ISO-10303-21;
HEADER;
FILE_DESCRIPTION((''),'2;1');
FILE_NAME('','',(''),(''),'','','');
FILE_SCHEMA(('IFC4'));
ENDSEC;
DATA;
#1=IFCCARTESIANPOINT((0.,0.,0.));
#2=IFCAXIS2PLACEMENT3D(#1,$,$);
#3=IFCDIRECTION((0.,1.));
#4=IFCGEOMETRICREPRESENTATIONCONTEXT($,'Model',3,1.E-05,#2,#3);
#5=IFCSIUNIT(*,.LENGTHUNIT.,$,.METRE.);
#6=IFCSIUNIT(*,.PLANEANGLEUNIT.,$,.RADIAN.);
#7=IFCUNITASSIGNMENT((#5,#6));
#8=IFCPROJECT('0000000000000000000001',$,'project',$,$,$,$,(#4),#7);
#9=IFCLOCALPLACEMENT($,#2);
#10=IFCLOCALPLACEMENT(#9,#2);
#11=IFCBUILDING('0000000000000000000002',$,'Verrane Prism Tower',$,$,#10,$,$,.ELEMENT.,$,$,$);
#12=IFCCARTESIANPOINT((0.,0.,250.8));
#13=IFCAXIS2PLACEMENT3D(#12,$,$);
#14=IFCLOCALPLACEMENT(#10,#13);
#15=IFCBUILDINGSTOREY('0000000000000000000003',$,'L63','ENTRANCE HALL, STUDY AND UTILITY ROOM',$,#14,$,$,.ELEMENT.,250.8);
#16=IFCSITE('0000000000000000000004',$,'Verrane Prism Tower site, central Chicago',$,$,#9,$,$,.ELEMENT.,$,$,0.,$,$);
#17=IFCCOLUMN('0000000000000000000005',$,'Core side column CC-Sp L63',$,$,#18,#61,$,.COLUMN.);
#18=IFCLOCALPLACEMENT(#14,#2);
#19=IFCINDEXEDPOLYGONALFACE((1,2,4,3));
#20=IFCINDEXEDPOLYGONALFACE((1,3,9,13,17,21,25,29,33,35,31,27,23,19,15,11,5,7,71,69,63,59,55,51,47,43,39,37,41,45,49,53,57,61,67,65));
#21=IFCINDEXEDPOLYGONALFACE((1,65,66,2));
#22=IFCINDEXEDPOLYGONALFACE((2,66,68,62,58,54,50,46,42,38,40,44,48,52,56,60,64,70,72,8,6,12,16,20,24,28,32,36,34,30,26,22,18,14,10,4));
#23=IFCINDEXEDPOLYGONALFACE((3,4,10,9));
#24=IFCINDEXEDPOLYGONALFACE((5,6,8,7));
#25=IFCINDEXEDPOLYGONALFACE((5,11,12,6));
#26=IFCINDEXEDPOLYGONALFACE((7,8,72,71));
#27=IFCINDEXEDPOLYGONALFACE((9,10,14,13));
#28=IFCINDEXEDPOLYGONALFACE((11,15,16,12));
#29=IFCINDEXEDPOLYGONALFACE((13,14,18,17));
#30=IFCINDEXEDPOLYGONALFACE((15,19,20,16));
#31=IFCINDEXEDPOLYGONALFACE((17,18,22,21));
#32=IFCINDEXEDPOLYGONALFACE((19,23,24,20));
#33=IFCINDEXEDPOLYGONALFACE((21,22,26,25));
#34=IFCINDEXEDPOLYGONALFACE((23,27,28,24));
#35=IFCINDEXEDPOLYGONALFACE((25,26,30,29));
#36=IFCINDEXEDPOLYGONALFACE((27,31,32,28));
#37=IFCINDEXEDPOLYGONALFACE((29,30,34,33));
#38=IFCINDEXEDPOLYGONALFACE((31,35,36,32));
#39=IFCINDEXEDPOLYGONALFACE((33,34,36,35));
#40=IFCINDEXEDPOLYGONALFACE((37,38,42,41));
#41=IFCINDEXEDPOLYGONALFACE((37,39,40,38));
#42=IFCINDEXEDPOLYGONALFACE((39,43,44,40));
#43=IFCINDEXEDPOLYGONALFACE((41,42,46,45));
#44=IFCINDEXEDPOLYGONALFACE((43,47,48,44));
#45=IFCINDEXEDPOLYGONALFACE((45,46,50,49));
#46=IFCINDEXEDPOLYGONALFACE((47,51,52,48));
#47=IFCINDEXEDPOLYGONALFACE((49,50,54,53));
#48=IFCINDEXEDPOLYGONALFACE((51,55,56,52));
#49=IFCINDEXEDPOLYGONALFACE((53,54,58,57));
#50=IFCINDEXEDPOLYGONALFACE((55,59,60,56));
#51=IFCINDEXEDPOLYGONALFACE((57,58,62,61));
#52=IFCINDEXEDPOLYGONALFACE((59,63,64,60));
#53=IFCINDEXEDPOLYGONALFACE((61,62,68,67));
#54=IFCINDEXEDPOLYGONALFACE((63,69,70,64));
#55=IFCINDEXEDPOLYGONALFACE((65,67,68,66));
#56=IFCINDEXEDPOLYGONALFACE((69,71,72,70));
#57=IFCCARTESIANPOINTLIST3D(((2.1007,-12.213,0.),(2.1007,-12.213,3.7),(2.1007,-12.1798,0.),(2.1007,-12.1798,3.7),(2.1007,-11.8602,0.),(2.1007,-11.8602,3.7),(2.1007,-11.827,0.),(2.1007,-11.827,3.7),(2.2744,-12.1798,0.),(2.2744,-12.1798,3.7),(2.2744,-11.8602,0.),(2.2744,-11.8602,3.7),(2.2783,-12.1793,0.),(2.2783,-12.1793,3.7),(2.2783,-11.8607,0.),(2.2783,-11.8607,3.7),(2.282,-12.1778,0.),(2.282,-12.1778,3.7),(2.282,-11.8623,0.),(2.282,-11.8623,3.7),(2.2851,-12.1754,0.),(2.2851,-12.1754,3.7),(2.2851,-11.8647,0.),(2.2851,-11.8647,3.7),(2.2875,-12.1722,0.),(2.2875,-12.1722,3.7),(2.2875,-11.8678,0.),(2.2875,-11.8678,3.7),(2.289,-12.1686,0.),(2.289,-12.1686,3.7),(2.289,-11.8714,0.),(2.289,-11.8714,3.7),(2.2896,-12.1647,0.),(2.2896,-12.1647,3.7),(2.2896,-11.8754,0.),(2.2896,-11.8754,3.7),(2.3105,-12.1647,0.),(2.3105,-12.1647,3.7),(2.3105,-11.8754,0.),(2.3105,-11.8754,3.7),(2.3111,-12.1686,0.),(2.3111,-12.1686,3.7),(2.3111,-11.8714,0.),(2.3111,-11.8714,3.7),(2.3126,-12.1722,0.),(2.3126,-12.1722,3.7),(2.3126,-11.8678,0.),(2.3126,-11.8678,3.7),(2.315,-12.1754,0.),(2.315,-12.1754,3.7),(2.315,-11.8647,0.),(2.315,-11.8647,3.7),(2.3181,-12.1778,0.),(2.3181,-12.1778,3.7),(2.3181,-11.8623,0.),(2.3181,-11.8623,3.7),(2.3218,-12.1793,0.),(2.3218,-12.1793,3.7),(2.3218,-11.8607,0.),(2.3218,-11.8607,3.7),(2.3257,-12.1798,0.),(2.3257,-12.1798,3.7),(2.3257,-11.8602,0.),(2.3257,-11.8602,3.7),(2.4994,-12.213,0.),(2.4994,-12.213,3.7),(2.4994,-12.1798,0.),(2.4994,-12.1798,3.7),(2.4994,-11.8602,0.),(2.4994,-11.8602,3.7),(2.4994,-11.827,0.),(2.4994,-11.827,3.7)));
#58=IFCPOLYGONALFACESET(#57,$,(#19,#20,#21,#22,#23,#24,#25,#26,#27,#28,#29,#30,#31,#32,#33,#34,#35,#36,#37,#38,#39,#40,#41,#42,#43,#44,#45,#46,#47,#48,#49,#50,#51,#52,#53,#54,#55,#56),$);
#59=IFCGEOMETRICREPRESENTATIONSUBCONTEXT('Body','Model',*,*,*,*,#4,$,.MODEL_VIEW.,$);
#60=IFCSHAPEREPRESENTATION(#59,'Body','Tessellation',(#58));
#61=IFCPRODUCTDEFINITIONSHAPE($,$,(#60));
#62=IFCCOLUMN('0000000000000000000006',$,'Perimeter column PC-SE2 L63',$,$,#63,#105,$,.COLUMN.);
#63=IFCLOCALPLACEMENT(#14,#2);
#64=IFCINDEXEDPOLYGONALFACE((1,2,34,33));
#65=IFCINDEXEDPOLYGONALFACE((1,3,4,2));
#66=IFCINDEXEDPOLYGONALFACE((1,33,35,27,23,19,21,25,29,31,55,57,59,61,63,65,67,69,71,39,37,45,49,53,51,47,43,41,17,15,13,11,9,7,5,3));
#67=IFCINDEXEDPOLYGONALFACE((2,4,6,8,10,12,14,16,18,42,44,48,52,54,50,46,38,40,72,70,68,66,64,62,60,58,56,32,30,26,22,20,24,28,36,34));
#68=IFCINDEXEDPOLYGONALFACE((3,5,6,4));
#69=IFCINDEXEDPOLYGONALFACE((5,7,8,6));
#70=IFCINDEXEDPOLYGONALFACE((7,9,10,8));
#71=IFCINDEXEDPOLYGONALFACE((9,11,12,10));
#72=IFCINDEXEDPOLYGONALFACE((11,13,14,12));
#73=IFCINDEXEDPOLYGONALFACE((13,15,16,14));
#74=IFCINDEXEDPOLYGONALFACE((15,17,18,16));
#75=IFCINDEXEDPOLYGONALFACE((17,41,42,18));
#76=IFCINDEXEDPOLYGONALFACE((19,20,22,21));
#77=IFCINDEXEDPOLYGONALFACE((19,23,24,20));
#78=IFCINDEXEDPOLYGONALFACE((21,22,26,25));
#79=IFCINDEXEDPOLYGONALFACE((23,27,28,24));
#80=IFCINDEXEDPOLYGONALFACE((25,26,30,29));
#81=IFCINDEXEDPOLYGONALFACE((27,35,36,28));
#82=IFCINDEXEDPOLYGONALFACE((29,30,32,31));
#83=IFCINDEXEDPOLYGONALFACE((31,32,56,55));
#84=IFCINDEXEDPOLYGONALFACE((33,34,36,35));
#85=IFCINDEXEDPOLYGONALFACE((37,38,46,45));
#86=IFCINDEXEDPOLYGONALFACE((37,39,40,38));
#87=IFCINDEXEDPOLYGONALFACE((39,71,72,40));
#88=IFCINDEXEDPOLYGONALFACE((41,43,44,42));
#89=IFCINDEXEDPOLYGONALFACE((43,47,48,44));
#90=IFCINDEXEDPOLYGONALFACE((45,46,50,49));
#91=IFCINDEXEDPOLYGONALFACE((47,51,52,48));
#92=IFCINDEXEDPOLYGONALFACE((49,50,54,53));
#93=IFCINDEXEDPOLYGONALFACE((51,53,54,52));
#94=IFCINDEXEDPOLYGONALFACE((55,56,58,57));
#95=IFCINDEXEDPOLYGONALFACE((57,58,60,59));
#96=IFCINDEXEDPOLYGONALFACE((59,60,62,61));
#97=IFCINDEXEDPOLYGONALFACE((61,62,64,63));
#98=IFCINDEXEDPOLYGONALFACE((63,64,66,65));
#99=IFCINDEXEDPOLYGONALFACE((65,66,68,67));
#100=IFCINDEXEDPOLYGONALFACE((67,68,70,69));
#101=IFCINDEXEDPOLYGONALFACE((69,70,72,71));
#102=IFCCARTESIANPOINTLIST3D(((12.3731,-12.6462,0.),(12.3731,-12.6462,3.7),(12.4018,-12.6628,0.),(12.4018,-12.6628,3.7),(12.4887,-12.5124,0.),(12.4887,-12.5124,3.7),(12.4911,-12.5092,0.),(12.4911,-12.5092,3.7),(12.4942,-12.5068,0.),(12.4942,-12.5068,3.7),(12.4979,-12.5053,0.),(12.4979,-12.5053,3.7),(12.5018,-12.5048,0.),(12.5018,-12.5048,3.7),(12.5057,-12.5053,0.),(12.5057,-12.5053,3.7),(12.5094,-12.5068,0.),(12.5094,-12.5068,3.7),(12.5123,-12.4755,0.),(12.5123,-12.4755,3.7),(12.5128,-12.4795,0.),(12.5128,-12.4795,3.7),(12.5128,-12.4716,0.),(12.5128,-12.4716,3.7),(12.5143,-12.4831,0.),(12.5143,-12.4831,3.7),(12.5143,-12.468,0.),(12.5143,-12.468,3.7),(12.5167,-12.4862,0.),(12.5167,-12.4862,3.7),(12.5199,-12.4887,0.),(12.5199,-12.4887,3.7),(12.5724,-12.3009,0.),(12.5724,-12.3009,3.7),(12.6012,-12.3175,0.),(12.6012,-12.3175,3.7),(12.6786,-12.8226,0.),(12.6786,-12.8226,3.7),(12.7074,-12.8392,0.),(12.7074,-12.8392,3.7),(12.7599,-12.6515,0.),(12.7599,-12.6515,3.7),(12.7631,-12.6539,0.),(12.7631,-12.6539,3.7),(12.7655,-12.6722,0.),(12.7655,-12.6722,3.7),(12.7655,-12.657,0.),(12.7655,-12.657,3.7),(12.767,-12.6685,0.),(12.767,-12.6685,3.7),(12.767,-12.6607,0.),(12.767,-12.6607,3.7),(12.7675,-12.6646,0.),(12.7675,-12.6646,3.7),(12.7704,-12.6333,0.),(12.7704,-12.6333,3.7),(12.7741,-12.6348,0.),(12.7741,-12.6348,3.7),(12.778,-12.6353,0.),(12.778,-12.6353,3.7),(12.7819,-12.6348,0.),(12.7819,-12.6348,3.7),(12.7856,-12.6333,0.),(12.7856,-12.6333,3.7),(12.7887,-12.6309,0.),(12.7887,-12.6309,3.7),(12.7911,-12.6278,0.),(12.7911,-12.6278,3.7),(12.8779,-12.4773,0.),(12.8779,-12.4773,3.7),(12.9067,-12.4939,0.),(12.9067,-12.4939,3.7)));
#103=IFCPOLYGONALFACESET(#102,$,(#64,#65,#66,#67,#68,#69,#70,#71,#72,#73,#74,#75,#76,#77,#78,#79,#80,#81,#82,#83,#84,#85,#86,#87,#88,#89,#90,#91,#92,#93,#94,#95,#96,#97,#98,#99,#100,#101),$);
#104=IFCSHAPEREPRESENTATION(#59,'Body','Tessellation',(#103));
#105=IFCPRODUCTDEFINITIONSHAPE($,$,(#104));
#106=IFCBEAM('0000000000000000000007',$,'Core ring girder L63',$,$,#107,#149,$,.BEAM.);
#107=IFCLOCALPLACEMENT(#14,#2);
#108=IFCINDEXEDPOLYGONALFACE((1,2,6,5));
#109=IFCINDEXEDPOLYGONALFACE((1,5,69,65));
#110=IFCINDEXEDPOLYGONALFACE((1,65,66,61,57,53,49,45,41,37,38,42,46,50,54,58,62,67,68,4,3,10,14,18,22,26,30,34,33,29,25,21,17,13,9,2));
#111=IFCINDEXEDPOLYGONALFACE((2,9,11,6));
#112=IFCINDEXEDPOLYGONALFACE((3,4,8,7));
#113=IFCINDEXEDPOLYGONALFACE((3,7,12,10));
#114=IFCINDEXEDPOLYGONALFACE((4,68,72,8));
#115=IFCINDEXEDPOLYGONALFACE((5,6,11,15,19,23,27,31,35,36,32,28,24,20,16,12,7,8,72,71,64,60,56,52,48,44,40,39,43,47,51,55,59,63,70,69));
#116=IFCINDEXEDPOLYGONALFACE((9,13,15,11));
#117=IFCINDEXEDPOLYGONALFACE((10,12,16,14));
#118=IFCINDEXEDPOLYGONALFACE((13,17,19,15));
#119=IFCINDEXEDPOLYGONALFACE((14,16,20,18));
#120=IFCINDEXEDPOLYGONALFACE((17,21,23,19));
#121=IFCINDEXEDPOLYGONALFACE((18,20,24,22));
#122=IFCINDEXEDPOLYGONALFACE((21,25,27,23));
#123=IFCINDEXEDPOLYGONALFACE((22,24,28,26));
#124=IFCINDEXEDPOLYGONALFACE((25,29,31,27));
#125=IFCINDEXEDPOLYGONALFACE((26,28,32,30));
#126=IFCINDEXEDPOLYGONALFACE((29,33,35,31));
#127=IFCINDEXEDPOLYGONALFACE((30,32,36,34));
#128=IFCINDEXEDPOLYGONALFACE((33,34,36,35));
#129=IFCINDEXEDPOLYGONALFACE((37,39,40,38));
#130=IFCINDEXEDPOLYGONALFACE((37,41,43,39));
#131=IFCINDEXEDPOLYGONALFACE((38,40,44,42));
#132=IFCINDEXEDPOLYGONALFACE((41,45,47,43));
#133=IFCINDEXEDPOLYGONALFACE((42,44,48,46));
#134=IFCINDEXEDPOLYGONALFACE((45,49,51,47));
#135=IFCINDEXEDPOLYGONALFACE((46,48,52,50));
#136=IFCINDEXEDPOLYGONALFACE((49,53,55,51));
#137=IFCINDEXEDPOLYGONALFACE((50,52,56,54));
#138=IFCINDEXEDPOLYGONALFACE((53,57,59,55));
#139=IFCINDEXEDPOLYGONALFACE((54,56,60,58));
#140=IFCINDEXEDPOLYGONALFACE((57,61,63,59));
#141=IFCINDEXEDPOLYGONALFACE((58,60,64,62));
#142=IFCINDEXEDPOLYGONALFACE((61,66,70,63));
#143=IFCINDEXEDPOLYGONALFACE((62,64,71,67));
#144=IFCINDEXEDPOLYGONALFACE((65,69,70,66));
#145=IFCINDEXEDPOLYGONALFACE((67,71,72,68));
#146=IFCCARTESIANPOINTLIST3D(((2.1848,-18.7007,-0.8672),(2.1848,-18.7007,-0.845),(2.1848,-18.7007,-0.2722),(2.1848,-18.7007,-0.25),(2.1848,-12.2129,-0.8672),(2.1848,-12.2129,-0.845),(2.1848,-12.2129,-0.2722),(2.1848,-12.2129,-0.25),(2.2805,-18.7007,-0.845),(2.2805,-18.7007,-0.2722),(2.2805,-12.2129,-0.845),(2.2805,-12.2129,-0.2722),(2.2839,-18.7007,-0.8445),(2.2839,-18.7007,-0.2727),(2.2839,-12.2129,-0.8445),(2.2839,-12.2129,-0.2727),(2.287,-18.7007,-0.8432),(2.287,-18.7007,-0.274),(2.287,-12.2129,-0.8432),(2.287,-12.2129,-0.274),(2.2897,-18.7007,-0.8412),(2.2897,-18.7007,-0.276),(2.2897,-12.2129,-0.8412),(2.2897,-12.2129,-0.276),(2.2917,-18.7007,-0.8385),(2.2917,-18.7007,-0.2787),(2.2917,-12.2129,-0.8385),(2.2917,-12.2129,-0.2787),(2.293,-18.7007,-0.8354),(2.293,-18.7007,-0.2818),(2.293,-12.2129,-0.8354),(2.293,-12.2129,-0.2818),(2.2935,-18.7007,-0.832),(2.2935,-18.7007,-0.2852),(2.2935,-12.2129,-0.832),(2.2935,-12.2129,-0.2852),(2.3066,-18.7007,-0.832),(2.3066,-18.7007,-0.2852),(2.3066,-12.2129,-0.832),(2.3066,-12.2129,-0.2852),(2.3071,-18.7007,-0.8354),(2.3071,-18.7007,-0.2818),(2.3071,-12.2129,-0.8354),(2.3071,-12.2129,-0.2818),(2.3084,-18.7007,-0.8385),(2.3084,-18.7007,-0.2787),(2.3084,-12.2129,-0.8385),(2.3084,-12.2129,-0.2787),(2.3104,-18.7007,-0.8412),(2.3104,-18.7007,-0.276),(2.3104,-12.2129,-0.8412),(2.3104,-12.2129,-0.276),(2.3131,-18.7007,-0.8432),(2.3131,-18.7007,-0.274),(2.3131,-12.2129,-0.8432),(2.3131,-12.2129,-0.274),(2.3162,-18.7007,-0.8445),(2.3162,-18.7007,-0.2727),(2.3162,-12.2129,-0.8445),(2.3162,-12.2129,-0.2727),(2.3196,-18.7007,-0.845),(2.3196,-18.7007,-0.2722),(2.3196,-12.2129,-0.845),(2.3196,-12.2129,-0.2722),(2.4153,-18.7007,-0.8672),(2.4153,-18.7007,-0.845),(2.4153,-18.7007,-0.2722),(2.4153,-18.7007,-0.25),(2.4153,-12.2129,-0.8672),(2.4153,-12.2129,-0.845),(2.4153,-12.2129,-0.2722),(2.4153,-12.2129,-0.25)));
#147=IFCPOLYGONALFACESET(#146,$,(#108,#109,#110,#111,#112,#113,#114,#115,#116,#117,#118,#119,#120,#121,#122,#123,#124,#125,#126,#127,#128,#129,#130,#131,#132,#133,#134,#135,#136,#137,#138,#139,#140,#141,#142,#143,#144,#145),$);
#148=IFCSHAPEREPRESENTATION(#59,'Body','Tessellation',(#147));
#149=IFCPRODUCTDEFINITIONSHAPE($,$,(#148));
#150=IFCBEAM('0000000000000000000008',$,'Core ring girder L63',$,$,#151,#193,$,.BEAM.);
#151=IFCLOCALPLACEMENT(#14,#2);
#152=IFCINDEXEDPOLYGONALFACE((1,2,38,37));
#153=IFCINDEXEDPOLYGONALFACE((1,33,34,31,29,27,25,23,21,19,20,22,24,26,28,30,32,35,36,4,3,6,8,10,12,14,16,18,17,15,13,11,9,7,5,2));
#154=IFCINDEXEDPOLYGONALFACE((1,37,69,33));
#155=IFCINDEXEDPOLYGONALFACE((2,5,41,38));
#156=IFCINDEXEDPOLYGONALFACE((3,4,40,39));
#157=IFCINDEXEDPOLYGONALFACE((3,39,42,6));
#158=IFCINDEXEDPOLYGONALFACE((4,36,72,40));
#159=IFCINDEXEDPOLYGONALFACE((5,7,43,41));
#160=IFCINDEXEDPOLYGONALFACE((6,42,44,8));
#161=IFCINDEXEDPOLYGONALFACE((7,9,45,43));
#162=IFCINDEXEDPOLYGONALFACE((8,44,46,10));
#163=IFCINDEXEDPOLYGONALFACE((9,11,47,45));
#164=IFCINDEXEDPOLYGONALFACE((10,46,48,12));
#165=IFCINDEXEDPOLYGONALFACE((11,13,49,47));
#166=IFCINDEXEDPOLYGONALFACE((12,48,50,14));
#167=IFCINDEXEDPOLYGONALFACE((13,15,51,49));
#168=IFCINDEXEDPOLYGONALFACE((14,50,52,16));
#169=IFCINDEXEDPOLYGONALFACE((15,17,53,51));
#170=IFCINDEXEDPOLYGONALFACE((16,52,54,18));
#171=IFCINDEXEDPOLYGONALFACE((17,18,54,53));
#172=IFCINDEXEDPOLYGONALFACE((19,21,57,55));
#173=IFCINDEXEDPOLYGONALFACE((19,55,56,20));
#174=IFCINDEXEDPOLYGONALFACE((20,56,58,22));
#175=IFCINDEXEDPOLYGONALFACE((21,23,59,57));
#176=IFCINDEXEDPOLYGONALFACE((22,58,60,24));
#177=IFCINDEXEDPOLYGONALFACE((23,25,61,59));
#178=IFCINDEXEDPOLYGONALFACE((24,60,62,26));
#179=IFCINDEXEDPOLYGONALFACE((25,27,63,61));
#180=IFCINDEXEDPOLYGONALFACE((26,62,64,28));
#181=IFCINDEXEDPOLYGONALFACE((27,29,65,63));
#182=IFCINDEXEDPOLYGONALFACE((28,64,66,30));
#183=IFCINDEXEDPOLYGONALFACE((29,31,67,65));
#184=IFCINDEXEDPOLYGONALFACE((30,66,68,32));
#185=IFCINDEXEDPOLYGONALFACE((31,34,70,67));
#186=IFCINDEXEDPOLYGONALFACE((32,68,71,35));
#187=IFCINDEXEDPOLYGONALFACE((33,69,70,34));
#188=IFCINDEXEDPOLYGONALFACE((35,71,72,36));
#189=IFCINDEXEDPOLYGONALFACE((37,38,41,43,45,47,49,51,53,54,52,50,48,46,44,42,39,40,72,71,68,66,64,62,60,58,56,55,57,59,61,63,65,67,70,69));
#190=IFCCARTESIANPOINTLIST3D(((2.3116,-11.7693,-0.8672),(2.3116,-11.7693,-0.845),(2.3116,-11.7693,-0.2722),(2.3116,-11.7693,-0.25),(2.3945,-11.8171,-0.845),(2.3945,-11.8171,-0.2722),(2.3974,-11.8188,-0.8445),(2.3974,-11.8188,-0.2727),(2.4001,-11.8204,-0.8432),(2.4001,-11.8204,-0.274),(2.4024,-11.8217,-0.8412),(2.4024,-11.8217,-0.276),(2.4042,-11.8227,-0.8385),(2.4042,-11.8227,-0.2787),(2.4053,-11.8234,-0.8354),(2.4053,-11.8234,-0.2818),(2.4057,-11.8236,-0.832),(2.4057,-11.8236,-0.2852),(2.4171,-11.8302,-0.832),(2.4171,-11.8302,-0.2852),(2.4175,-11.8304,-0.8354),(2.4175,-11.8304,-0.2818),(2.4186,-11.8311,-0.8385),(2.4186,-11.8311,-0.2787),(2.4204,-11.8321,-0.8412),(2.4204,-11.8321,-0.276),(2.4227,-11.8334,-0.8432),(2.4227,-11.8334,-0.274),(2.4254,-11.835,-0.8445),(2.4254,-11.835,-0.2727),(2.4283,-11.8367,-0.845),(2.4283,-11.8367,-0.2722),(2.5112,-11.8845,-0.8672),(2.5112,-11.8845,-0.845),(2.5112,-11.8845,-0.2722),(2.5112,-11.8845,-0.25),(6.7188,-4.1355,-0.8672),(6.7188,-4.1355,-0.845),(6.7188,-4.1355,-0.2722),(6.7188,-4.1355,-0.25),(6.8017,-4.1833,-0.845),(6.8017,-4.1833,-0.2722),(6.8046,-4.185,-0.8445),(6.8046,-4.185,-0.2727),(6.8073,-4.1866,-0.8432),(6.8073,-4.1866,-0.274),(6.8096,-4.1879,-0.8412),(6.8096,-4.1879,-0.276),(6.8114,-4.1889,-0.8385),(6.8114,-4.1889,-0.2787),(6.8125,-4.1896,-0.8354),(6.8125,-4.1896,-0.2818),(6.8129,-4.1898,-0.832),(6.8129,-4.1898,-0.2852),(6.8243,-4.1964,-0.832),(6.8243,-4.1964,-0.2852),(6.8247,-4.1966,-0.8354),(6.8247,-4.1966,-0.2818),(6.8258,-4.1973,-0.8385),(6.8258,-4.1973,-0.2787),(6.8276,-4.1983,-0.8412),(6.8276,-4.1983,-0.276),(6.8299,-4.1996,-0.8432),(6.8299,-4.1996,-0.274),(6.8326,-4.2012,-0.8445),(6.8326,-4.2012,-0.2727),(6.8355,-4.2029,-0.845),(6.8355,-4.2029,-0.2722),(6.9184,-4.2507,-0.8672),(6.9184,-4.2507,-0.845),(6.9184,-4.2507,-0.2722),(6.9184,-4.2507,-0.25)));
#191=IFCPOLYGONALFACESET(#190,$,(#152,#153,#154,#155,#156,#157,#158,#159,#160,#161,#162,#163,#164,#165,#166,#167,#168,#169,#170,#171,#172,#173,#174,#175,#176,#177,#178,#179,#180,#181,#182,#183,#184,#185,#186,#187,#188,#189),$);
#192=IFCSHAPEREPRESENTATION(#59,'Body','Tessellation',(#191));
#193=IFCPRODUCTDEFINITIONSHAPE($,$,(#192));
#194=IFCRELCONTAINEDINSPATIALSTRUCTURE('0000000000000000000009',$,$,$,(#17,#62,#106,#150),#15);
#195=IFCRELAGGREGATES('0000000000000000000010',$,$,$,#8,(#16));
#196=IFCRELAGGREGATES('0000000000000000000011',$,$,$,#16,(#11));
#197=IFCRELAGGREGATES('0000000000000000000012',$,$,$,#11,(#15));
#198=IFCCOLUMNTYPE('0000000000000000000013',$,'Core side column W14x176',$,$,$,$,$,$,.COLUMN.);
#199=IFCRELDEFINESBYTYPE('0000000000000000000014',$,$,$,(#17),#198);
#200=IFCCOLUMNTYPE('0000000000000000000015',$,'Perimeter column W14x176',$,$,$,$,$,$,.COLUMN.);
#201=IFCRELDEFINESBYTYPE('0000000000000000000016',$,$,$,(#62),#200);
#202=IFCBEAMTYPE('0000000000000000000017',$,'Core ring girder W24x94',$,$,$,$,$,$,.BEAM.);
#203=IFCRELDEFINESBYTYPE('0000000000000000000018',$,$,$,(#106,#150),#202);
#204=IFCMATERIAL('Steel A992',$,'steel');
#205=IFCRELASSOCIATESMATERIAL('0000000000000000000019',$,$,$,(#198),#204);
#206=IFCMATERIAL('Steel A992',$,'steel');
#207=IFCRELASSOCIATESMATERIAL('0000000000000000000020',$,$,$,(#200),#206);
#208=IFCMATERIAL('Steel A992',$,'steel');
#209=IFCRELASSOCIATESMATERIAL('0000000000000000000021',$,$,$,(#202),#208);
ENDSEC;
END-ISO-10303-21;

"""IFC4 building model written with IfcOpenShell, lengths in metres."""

from ifc_helpers import new_model, si_unit, direction, frame, origin, origin_2d, place, context, subcontext, project, spatial, i_section, extrude, material, material_profile, profile_set, type_object, element, save


model = new_model("IFC4")

# Units and contexts
model_context = context("Model", 3, precision=1e-05, world=origin(), true_north=direction((0.0, 1.0)))
body_context = subcontext(model_context, "Body", "Model", "MODEL_VIEW")
ifc_project = project(units=[si_unit("LENGTHUNIT", "METRE"), si_unit("PLANEANGLEUNIT", "RADIAN")], contexts=[model_context])

# Site, building, storey
site_placement = place(None, origin())
site = spatial("IfcSite", under=ifc_project, at=site_placement, Name="Verrane Prism Tower site, central Chicago", CompositionType="ELEMENT", RefElevation=0.0)
building_placement = place(site_placement, origin())
building = spatial("IfcBuilding", under=site, at=building_placement, Name="Verrane Prism Tower", CompositionType="ELEMENT")
storey_placement = place(building_placement, frame((0.0, 0.0, 250.8)))
storey = spatial("IfcBuildingStorey", under=building, at=storey_placement, Name="L63", Description="ENTRANCE HALL, STUDY AND UTILITY ROOM", CompositionType="ELEMENT", Elevation=250.8)

# Columns
ifc_material_1 = material(Name="Steel A992", Category="steel")
ifc_material_profile_1 = material_profile(ifc_material_1, i_section(OverallWidth=0.3987, OverallDepth=0.386, WebThickness=0.021, FlangeThickness=0.0332, FilletRadius=0.0151, at=origin_2d()), Name="W14x176")
ifc_profile_set_1 = profile_set([ifc_material_profile_1], Name="Steel A992")
column_type_1 = type_object("IfcColumnType", Name="Core side column W14x176", PredefinedType="COLUMN", material=ifc_profile_set_1)
column_1_placement = place(storey_placement, frame((2.3, -12.02, 0.0), z_axis=(0.0, 0.0, 1.0), x_axis=(1.0, 0.0, 0.0)))
element("IfcColumn", 1, at=column_1_placement, inside=storey, type_object=column_type_1, Name="Core side column CC-Sp L63", PredefinedType="COLUMN", context=body_context, shape_type="SweptSolid", body=[
    extrude(i_section(OverallWidth=0.3987, OverallDepth=0.386, WebThickness=0.021, FlangeThickness=0.0332, FilletRadius=0.0151, at=origin_2d()), origin(), (0.0, 0.0, 1.0), 3.7),
])
ifc_material_2 = material(Name="Steel A992", Category="steel")
ifc_material_profile_2 = material_profile(ifc_material_2, i_section(OverallWidth=0.3987, OverallDepth=0.386, WebThickness=0.021, FlangeThickness=0.0332, FilletRadius=0.0151, at=origin_2d()), Name="W14x176")
ifc_profile_set_2 = profile_set([ifc_material_profile_2], Name="Steel A992")
column_type_2 = type_object("IfcColumnType", Name="Perimeter column W14x176", PredefinedType="COLUMN", material=ifc_profile_set_2)
column_2_placement = place(storey_placement, frame((12.6399, -12.5701, 0.0), z_axis=(0.0, 0.0, 1.0), x_axis=(-0.5, -0.866025, 0.0)))
element("IfcColumn", 2, at=column_2_placement, inside=storey, type_object=column_type_2, Name="Perimeter column PC-SE2 L63", PredefinedType="COLUMN", context=body_context, shape_type="SweptSolid", body=[
    extrude(i_section(OverallWidth=0.3987, OverallDepth=0.386, WebThickness=0.021, FlangeThickness=0.0332, FilletRadius=0.0151, at=origin_2d()), origin(), (0.0, 0.0, 1.0), 3.7),
])

# Beams
ifc_material_3 = material(Name="Steel A992", Category="steel")
ifc_material_profile_3 = material_profile(ifc_material_3, i_section(OverallWidth=0.2305, OverallDepth=0.6172, WebThickness=0.0132, FlangeThickness=0.0222, FilletRadius=0.0129, at=origin_2d()), Name="W24x94")
ifc_profile_set_3 = profile_set([ifc_material_profile_3], Name="Steel A992")
beam_type_1 = type_object("IfcBeamType", Name="Core ring girder W24x94", PredefinedType="BEAM", material=ifc_profile_set_3)
beam_1_placement = place(storey_placement, frame((2.3, -18.7007, -0.5586), z_axis=(0.0, 1.0, 0.0), x_axis=(-1.0, 0.0, 0.0)))
element("IfcBeam", 3, at=beam_1_placement, inside=storey, type_object=beam_type_1, Name="Core ring girder L63", PredefinedType="BEAM", context=body_context, shape_type="SweptSolid", body=[
    extrude(i_section(OverallWidth=0.2305, OverallDepth=0.6172, WebThickness=0.0132, FlangeThickness=0.0222, FilletRadius=0.0129, at=origin_2d()), origin(), (0.0, 0.0, 1.0), 6.4878),
])
beam_2_placement = place(storey_placement, frame((2.4114, -11.8269, -0.5586), z_axis=(0.499988, 0.866032, 0.0), x_axis=(-0.866032, 0.499988, 0.0)))
element("IfcBeam", 4, at=beam_2_placement, inside=storey, type_object=beam_type_1, Name="Core ring girder L63", PredefinedType="BEAM", context=body_context, shape_type="SweptSolid", body=[
    extrude(i_section(OverallWidth=0.2305, OverallDepth=0.6172, WebThickness=0.0132, FlangeThickness=0.0222, FilletRadius=0.0129, at=origin_2d()), origin(), (0.0, 0.0, 1.0), 8.8147),
])

save(model, "model.ifc")
